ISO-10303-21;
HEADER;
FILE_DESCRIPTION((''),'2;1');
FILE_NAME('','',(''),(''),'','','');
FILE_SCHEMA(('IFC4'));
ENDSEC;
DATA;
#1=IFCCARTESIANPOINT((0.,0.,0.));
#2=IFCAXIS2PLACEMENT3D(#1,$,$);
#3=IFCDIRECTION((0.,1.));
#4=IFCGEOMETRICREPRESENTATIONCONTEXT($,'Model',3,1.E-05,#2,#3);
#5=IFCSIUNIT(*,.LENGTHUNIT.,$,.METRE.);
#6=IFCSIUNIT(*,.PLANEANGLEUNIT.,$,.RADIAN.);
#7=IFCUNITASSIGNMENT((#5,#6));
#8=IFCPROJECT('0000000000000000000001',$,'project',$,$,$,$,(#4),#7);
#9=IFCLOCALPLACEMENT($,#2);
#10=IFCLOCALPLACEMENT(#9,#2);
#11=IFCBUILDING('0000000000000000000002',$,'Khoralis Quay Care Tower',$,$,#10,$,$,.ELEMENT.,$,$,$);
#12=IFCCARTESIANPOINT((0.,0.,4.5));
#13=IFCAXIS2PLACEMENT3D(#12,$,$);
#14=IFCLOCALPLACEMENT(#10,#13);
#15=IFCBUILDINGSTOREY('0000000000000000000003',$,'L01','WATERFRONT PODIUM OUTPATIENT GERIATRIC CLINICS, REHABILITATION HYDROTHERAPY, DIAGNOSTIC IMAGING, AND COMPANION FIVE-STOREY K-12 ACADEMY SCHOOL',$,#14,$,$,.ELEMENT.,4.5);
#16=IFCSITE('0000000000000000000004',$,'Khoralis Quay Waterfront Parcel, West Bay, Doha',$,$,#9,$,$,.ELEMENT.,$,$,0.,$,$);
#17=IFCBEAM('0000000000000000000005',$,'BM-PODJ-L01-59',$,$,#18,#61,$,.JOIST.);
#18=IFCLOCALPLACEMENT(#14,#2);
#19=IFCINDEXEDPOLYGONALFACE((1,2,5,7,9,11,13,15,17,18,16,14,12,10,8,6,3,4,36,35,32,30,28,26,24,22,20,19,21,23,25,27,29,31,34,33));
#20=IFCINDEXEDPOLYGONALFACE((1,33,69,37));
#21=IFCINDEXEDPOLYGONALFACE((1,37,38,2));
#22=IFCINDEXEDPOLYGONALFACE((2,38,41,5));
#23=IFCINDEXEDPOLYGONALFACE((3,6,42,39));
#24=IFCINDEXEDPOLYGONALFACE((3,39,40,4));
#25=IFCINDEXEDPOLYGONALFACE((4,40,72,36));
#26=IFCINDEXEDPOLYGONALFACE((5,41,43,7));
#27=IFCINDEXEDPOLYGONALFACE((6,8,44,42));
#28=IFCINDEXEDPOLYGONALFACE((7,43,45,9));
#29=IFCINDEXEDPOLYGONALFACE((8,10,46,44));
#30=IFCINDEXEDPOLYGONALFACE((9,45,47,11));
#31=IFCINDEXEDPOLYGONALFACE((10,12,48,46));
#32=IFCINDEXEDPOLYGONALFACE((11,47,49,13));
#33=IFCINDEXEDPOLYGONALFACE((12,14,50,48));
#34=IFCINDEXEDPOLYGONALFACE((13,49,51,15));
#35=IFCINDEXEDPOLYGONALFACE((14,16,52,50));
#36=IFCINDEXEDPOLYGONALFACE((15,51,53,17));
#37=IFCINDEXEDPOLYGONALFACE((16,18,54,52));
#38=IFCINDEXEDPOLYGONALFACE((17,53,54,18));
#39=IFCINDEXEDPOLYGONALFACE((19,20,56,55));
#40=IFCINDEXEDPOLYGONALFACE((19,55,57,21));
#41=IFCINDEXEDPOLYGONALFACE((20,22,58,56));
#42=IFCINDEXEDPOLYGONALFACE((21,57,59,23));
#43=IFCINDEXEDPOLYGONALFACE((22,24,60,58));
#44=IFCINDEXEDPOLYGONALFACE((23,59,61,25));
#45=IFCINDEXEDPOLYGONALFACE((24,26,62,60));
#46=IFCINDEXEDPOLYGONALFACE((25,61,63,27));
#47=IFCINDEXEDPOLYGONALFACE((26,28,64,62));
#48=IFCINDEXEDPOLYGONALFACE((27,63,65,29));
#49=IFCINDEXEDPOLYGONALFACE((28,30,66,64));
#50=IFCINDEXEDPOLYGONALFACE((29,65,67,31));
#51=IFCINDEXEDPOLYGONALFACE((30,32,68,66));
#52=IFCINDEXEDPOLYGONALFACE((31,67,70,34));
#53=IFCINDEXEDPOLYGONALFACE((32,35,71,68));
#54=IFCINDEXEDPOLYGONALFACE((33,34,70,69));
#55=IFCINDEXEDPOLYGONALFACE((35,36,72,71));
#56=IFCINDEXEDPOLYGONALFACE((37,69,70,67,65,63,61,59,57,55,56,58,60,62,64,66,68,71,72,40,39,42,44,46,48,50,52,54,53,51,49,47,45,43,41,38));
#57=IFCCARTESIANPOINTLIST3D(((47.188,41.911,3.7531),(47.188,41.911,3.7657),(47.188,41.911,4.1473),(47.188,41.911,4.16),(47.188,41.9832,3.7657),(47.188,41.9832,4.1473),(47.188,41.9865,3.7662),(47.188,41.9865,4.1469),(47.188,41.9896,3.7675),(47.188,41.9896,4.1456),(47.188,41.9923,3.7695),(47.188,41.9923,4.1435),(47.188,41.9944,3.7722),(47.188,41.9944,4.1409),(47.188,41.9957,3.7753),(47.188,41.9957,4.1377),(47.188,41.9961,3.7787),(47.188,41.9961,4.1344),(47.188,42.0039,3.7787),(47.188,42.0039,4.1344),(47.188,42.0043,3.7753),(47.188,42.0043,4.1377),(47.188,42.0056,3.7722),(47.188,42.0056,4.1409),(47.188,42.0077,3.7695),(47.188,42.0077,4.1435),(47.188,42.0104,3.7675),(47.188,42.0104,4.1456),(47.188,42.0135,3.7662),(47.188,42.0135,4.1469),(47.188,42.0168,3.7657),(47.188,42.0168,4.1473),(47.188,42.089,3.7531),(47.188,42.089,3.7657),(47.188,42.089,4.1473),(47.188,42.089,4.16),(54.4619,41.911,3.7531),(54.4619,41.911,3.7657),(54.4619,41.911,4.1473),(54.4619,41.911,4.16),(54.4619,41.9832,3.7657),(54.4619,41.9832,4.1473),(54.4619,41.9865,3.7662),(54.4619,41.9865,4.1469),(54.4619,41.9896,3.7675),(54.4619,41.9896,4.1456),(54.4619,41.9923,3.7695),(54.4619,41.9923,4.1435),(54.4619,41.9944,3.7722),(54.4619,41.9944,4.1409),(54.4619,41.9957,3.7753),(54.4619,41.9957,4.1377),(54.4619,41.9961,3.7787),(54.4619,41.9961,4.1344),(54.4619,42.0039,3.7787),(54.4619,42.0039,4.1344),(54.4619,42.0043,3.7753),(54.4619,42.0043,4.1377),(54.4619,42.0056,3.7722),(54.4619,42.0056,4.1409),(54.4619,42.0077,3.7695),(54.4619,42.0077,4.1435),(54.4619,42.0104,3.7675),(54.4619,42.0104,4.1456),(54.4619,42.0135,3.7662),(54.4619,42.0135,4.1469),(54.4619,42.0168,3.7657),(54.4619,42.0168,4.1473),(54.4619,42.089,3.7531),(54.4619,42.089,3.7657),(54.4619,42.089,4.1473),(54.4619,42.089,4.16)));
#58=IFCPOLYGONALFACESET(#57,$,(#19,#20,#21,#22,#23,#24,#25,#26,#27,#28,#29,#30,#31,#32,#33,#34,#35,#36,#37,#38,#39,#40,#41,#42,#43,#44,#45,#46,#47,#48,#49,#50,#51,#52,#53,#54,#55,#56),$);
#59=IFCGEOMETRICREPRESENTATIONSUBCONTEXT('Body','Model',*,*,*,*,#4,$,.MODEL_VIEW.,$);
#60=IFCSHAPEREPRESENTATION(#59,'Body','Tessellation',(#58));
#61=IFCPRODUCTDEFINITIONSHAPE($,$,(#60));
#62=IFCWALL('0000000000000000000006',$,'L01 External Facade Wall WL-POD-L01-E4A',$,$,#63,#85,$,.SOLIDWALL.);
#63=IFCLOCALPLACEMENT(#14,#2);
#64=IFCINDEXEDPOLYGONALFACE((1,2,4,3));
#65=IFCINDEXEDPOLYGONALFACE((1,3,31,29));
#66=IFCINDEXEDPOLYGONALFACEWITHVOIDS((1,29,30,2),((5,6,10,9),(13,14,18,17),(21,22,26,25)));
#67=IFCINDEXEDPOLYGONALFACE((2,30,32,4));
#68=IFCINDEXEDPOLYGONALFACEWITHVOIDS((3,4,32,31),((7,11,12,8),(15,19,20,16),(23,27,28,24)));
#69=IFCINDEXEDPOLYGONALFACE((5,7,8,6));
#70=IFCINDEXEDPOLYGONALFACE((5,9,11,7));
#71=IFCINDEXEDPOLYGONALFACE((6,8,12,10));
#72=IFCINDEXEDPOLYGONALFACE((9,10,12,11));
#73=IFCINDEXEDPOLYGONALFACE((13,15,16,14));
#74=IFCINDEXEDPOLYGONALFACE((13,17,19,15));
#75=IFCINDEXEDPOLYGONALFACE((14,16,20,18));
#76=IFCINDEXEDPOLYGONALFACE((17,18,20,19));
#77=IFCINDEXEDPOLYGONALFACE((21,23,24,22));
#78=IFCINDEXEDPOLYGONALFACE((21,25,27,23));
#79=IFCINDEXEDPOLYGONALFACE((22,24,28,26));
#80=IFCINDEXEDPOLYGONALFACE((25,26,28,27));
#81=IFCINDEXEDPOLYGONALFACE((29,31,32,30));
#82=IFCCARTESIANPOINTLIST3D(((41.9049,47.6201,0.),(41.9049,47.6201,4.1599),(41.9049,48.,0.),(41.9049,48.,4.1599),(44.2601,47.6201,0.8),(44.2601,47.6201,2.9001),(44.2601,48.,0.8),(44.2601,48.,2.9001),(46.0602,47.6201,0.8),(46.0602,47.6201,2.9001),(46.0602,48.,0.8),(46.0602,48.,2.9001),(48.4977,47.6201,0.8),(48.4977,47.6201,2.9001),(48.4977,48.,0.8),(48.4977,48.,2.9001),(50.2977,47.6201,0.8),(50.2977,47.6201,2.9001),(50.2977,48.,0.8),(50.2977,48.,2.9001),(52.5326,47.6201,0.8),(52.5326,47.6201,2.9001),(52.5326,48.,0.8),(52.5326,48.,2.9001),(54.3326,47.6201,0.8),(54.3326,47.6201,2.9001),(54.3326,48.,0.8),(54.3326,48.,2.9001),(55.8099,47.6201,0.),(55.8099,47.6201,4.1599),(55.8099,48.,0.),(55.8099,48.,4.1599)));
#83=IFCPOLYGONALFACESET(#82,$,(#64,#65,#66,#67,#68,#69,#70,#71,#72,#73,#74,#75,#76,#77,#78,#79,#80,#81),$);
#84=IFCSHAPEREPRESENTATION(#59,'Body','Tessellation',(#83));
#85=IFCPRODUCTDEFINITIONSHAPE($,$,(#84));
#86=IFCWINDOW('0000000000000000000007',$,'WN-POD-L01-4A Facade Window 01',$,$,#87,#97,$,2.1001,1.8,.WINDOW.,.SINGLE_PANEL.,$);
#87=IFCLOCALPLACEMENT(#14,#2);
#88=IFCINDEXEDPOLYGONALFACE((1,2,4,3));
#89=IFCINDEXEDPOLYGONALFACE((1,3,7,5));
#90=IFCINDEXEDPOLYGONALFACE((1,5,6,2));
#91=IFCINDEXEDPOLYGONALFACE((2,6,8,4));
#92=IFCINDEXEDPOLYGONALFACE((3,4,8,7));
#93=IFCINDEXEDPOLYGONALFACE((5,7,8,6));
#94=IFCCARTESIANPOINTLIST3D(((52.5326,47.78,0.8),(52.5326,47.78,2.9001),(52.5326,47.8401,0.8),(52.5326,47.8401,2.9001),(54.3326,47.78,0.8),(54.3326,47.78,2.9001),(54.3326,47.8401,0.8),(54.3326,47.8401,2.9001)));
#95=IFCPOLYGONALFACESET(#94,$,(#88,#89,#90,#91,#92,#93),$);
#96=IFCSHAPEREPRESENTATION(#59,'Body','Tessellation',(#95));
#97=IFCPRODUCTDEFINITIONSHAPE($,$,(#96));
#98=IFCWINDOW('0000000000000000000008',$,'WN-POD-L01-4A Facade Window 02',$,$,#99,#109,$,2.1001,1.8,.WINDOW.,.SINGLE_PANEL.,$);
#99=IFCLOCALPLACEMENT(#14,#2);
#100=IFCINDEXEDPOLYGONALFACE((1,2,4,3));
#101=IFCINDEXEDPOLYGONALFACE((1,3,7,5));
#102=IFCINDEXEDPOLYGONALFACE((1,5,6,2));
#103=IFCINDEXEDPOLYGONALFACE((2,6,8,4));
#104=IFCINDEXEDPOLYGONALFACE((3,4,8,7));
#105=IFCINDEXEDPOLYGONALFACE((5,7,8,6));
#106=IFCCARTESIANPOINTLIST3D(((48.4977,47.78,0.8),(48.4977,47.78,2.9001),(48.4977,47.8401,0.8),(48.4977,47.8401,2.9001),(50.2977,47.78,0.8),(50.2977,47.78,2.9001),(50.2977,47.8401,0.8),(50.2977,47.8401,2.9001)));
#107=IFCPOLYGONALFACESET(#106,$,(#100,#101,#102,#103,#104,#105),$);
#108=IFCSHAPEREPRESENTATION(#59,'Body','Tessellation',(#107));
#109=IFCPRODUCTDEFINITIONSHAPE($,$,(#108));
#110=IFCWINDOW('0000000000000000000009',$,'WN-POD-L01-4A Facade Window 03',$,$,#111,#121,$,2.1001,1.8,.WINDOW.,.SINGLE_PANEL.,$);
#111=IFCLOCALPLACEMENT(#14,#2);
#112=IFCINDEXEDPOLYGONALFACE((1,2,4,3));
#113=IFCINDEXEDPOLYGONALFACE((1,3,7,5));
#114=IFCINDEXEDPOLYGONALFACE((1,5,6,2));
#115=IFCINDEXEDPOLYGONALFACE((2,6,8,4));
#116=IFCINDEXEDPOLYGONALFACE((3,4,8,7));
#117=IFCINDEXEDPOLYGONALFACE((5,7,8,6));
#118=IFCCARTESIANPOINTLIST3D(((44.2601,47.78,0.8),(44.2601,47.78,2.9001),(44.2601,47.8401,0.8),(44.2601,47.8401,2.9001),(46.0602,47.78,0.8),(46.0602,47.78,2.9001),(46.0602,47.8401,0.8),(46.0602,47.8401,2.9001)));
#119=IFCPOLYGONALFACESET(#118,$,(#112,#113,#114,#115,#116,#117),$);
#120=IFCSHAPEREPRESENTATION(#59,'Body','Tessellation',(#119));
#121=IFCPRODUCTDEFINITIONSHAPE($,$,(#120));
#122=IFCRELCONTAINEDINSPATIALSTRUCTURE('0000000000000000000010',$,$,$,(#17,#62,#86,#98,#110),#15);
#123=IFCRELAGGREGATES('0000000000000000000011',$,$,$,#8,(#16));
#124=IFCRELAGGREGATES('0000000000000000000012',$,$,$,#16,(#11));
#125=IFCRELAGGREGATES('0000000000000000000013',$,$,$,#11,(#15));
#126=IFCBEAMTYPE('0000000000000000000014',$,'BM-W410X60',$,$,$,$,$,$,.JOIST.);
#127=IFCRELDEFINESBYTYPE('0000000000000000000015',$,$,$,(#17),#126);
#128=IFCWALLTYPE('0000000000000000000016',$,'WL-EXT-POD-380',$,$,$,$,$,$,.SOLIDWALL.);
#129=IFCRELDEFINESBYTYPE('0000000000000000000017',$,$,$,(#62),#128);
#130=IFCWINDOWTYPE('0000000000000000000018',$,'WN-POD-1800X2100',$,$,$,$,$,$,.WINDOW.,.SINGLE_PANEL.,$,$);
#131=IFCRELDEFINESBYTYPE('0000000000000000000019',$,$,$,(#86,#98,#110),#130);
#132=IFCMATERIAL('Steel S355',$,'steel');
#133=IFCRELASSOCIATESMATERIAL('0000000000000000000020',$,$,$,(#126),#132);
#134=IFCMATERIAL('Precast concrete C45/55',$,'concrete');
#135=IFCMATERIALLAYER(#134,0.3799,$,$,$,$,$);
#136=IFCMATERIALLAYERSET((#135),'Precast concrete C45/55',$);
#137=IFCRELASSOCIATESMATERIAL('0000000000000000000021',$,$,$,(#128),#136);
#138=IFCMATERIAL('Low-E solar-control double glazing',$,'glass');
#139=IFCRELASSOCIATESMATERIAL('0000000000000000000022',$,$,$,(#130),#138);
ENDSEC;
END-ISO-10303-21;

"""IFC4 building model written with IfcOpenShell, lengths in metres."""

from ifc_helpers import new_model, si_unit, direction, frame, frame_2d, origin, origin_2d, place, context, subcontext, project, spatial, rectangle, i_section, extrude, source, transform, mapped, material, layer, layer_set, material_profile, profile_set, type_object, element, fill, save


model = new_model("IFC4")

# Units and contexts
model_context = context("Model", 3, precision=1e-05, world=origin(), true_north=direction((0.0, 1.0)))
body_context = subcontext(model_context, "Body", "Model", "MODEL_VIEW")
ifc_project = project(units=[si_unit("LENGTHUNIT", "METRE"), si_unit("PLANEANGLEUNIT", "RADIAN")], contexts=[model_context])

# Site, building, storey
site_placement = place(None, origin())
site = spatial("IfcSite", under=ifc_project, at=site_placement, Name="Khoralis Quay Waterfront Parcel, West Bay, Doha", CompositionType="ELEMENT", RefElevation=0.0)
building_placement = place(site_placement, origin())
building = spatial("IfcBuilding", under=site, at=building_placement, Name="Khoralis Quay Care Tower", CompositionType="ELEMENT")
storey_placement = place(building_placement, frame((0.0, 0.0, 4.5)))
storey = spatial("IfcBuildingStorey", under=building, at=storey_placement, Name="L01", Description="WATERFRONT PODIUM OUTPATIENT GERIATRIC CLINICS, REHABILITATION HYDROTHERAPY, DIAGNOSTIC IMAGING, AND COMPANION FIVE-STOREY K-12 ACADEMY SCHOOL", CompositionType="ELEMENT", Elevation=4.5)

# Beam
ifc_material_1 = material(Name="Steel S355", Category="steel")
ifc_material_profile_1 = material_profile(ifc_material_1, i_section(OverallWidth=0.178, OverallDepth=0.407, WebThickness=0.0078, FlangeThickness=0.0127, FilletRadius=0.0129, at=origin_2d()), Name="Steel S355")
ifc_profile_set_1 = profile_set([ifc_material_profile_1], Name="Steel S355")
beam_type_1 = type_object("IfcBeamType", Name="BM-W410X60", PredefinedType="JOIST", material=ifc_profile_set_1)
shared_shape_1 = source(origin(), body_context, "Body", "SweptSolid", [
    extrude(i_section(OverallWidth=0.178, OverallDepth=0.407, WebThickness=0.0078, FlangeThickness=0.0127, FilletRadius=0.0129, at=origin_2d()), origin(), (0.0, 0.0, 1.0), 7.2739),
])
beam_1_placement = place(storey_placement, frame((47.188, 42.0, 3.9565), z_axis=(1.0, 0.0, 0.0), x_axis=(0.0, 1.0, 0.0)))
element("IfcBeam", 1, at=beam_1_placement, inside=storey, type_object=beam_type_1, Name="BM-PODJ-L01-59", PredefinedType="JOIST", context=body_context, shape_type="MappedRepresentation", body=[
    mapped(shared_shape_1, transform((0.0, 0.0, 0.0), scale=1.0)),
])

# Wall, openings, windows
ifc_material_2 = material(Name="Precast concrete C45/55", Category="concrete")
ifc_layer_1 = layer(ifc_material_2, 0.3799)
ifc_layer_set_1 = layer_set([ifc_layer_1], Name="Precast concrete C45/55")
wall_type_1 = type_object("IfcWallType", Name="WL-EXT-POD-380", PredefinedType="SOLIDWALL", material=ifc_layer_set_1)
wall_1_placement = place(storey_placement, frame((55.8101, 47.8101, 0.0), z_axis=(0.0, 0.0, 1.0), x_axis=(-1.0, 0.0, 0.0)))
wall_1 = element("IfcWall", 2, at=wall_1_placement, inside=storey, type_object=wall_type_1, Name="L01 External Facade Wall WL-POD-L01-E4A", PredefinedType="SOLIDWALL", context=body_context, shape_type="SweptSolid", body=[
    extrude(rectangle(XDim=13.905, YDim=0.3799, at=frame_2d((6.9526, 0.0))), origin(), (0.0, 0.0, 1.0), 4.1599),
])
opening_1_placement = place(wall_1_placement, frame((1.4775, 0.0, 0.8)))
opening_1 = element("IfcOpeningElement", 3, at=opening_1_placement, cuts=wall_1, PredefinedType="OPENING", context=body_context, shape_type="SweptSolid", body=[
    extrude(rectangle(XDim=1.8, YDim=2.1001, at=frame_2d((0.8999, 1.05))), frame((0.0, 0.2, 0.0), z_axis=(0.0, -1.0, 0.0), x_axis=(1.0, 0.0, 0.0)), (0.0, 0.0, 1.0), 0.3999),
])
opening_2_placement = place(wall_1_placement, frame((5.5125, 0.0, 0.8)))
opening_2 = element("IfcOpeningElement", 4, at=opening_2_placement, cuts=wall_1, PredefinedType="OPENING", context=body_context, shape_type="SweptSolid", body=[
    extrude(rectangle(XDim=1.8, YDim=2.1001, at=frame_2d((0.8999, 1.05))), frame((0.0, 0.2, 0.0), z_axis=(0.0, -1.0, 0.0), x_axis=(1.0, 0.0, 0.0)), (0.0, 0.0, 1.0), 0.3999),
])
opening_3_placement = place(wall_1_placement, frame((9.75, 0.0, 0.8)))
opening_3 = element("IfcOpeningElement", 5, at=opening_3_placement, cuts=wall_1, PredefinedType="OPENING", context=body_context, shape_type="SweptSolid", body=[
    extrude(rectangle(XDim=1.8, YDim=2.1001, at=frame_2d((0.8999, 1.05))), frame((0.0, 0.2, 0.0), z_axis=(0.0, -1.0, 0.0), x_axis=(1.0, 0.0, 0.0)), (0.0, 0.0, 1.0), 0.3999),
])
ifc_material_3 = material(Name="Low-E solar-control double glazing", Category="glass")
window_type_1 = type_object("IfcWindowType", Name="WN-POD-1800X2100", PartitioningType="SINGLE_PANEL", PredefinedType="WINDOW", material=ifc_material_3)
shared_shape_2 = source(origin(), body_context, "Body", "SweptSolid", [
    extrude(rectangle(XDim=1.8, YDim=2.1001, at=frame_2d((0.8999, 1.05))), frame((0.0, 0.03, 0.0), z_axis=(0.0, -1.0, 0.0), x_axis=(1.0, 0.0, 0.0)), (0.0, 0.0, 1.0), 0.0601),
])
window_1_placement = place(opening_1_placement, origin())
window_1 = element("IfcWindow", 6, at=window_1_placement, inside=storey, type_object=window_type_1, Name="WN-POD-L01-4A Facade Window 01", OverallHeight=2.1001, OverallWidth=1.8, PartitioningType="SINGLE_PANEL", PredefinedType="WINDOW", context=body_context, shape_type="MappedRepresentation", body=[
    mapped(shared_shape_2, transform((0.0, 0.0, 0.0), scale=1.0)),
])
fill(opening_1, window_1)
window_2_placement = place(opening_2_placement, origin())
window_2 = element("IfcWindow", 7, at=window_2_placement, inside=storey, type_object=window_type_1, Name="WN-POD-L01-4A Facade Window 02", OverallHeight=2.1001, OverallWidth=1.8, PartitioningType="SINGLE_PANEL", PredefinedType="WINDOW", context=body_context, shape_type="MappedRepresentation", body=[
    mapped(shared_shape_2, transform((0.0, 0.0, 0.0), scale=1.0)),
])
fill(opening_2, window_2)
window_3_placement = place(opening_3_placement, origin())
window_3 = element("IfcWindow", 8, at=window_3_placement, inside=storey, type_object=window_type_1, Name="WN-POD-L01-4A Facade Window 03", OverallHeight=2.1001, OverallWidth=1.8, PartitioningType="SINGLE_PANEL", PredefinedType="WINDOW", context=body_context, shape_type="MappedRepresentation", body=[
    mapped(shared_shape_2, transform((0.0, 0.0, 0.0), scale=1.0)),
])
fill(opening_3, window_3)

save(model, "model.ifc")
